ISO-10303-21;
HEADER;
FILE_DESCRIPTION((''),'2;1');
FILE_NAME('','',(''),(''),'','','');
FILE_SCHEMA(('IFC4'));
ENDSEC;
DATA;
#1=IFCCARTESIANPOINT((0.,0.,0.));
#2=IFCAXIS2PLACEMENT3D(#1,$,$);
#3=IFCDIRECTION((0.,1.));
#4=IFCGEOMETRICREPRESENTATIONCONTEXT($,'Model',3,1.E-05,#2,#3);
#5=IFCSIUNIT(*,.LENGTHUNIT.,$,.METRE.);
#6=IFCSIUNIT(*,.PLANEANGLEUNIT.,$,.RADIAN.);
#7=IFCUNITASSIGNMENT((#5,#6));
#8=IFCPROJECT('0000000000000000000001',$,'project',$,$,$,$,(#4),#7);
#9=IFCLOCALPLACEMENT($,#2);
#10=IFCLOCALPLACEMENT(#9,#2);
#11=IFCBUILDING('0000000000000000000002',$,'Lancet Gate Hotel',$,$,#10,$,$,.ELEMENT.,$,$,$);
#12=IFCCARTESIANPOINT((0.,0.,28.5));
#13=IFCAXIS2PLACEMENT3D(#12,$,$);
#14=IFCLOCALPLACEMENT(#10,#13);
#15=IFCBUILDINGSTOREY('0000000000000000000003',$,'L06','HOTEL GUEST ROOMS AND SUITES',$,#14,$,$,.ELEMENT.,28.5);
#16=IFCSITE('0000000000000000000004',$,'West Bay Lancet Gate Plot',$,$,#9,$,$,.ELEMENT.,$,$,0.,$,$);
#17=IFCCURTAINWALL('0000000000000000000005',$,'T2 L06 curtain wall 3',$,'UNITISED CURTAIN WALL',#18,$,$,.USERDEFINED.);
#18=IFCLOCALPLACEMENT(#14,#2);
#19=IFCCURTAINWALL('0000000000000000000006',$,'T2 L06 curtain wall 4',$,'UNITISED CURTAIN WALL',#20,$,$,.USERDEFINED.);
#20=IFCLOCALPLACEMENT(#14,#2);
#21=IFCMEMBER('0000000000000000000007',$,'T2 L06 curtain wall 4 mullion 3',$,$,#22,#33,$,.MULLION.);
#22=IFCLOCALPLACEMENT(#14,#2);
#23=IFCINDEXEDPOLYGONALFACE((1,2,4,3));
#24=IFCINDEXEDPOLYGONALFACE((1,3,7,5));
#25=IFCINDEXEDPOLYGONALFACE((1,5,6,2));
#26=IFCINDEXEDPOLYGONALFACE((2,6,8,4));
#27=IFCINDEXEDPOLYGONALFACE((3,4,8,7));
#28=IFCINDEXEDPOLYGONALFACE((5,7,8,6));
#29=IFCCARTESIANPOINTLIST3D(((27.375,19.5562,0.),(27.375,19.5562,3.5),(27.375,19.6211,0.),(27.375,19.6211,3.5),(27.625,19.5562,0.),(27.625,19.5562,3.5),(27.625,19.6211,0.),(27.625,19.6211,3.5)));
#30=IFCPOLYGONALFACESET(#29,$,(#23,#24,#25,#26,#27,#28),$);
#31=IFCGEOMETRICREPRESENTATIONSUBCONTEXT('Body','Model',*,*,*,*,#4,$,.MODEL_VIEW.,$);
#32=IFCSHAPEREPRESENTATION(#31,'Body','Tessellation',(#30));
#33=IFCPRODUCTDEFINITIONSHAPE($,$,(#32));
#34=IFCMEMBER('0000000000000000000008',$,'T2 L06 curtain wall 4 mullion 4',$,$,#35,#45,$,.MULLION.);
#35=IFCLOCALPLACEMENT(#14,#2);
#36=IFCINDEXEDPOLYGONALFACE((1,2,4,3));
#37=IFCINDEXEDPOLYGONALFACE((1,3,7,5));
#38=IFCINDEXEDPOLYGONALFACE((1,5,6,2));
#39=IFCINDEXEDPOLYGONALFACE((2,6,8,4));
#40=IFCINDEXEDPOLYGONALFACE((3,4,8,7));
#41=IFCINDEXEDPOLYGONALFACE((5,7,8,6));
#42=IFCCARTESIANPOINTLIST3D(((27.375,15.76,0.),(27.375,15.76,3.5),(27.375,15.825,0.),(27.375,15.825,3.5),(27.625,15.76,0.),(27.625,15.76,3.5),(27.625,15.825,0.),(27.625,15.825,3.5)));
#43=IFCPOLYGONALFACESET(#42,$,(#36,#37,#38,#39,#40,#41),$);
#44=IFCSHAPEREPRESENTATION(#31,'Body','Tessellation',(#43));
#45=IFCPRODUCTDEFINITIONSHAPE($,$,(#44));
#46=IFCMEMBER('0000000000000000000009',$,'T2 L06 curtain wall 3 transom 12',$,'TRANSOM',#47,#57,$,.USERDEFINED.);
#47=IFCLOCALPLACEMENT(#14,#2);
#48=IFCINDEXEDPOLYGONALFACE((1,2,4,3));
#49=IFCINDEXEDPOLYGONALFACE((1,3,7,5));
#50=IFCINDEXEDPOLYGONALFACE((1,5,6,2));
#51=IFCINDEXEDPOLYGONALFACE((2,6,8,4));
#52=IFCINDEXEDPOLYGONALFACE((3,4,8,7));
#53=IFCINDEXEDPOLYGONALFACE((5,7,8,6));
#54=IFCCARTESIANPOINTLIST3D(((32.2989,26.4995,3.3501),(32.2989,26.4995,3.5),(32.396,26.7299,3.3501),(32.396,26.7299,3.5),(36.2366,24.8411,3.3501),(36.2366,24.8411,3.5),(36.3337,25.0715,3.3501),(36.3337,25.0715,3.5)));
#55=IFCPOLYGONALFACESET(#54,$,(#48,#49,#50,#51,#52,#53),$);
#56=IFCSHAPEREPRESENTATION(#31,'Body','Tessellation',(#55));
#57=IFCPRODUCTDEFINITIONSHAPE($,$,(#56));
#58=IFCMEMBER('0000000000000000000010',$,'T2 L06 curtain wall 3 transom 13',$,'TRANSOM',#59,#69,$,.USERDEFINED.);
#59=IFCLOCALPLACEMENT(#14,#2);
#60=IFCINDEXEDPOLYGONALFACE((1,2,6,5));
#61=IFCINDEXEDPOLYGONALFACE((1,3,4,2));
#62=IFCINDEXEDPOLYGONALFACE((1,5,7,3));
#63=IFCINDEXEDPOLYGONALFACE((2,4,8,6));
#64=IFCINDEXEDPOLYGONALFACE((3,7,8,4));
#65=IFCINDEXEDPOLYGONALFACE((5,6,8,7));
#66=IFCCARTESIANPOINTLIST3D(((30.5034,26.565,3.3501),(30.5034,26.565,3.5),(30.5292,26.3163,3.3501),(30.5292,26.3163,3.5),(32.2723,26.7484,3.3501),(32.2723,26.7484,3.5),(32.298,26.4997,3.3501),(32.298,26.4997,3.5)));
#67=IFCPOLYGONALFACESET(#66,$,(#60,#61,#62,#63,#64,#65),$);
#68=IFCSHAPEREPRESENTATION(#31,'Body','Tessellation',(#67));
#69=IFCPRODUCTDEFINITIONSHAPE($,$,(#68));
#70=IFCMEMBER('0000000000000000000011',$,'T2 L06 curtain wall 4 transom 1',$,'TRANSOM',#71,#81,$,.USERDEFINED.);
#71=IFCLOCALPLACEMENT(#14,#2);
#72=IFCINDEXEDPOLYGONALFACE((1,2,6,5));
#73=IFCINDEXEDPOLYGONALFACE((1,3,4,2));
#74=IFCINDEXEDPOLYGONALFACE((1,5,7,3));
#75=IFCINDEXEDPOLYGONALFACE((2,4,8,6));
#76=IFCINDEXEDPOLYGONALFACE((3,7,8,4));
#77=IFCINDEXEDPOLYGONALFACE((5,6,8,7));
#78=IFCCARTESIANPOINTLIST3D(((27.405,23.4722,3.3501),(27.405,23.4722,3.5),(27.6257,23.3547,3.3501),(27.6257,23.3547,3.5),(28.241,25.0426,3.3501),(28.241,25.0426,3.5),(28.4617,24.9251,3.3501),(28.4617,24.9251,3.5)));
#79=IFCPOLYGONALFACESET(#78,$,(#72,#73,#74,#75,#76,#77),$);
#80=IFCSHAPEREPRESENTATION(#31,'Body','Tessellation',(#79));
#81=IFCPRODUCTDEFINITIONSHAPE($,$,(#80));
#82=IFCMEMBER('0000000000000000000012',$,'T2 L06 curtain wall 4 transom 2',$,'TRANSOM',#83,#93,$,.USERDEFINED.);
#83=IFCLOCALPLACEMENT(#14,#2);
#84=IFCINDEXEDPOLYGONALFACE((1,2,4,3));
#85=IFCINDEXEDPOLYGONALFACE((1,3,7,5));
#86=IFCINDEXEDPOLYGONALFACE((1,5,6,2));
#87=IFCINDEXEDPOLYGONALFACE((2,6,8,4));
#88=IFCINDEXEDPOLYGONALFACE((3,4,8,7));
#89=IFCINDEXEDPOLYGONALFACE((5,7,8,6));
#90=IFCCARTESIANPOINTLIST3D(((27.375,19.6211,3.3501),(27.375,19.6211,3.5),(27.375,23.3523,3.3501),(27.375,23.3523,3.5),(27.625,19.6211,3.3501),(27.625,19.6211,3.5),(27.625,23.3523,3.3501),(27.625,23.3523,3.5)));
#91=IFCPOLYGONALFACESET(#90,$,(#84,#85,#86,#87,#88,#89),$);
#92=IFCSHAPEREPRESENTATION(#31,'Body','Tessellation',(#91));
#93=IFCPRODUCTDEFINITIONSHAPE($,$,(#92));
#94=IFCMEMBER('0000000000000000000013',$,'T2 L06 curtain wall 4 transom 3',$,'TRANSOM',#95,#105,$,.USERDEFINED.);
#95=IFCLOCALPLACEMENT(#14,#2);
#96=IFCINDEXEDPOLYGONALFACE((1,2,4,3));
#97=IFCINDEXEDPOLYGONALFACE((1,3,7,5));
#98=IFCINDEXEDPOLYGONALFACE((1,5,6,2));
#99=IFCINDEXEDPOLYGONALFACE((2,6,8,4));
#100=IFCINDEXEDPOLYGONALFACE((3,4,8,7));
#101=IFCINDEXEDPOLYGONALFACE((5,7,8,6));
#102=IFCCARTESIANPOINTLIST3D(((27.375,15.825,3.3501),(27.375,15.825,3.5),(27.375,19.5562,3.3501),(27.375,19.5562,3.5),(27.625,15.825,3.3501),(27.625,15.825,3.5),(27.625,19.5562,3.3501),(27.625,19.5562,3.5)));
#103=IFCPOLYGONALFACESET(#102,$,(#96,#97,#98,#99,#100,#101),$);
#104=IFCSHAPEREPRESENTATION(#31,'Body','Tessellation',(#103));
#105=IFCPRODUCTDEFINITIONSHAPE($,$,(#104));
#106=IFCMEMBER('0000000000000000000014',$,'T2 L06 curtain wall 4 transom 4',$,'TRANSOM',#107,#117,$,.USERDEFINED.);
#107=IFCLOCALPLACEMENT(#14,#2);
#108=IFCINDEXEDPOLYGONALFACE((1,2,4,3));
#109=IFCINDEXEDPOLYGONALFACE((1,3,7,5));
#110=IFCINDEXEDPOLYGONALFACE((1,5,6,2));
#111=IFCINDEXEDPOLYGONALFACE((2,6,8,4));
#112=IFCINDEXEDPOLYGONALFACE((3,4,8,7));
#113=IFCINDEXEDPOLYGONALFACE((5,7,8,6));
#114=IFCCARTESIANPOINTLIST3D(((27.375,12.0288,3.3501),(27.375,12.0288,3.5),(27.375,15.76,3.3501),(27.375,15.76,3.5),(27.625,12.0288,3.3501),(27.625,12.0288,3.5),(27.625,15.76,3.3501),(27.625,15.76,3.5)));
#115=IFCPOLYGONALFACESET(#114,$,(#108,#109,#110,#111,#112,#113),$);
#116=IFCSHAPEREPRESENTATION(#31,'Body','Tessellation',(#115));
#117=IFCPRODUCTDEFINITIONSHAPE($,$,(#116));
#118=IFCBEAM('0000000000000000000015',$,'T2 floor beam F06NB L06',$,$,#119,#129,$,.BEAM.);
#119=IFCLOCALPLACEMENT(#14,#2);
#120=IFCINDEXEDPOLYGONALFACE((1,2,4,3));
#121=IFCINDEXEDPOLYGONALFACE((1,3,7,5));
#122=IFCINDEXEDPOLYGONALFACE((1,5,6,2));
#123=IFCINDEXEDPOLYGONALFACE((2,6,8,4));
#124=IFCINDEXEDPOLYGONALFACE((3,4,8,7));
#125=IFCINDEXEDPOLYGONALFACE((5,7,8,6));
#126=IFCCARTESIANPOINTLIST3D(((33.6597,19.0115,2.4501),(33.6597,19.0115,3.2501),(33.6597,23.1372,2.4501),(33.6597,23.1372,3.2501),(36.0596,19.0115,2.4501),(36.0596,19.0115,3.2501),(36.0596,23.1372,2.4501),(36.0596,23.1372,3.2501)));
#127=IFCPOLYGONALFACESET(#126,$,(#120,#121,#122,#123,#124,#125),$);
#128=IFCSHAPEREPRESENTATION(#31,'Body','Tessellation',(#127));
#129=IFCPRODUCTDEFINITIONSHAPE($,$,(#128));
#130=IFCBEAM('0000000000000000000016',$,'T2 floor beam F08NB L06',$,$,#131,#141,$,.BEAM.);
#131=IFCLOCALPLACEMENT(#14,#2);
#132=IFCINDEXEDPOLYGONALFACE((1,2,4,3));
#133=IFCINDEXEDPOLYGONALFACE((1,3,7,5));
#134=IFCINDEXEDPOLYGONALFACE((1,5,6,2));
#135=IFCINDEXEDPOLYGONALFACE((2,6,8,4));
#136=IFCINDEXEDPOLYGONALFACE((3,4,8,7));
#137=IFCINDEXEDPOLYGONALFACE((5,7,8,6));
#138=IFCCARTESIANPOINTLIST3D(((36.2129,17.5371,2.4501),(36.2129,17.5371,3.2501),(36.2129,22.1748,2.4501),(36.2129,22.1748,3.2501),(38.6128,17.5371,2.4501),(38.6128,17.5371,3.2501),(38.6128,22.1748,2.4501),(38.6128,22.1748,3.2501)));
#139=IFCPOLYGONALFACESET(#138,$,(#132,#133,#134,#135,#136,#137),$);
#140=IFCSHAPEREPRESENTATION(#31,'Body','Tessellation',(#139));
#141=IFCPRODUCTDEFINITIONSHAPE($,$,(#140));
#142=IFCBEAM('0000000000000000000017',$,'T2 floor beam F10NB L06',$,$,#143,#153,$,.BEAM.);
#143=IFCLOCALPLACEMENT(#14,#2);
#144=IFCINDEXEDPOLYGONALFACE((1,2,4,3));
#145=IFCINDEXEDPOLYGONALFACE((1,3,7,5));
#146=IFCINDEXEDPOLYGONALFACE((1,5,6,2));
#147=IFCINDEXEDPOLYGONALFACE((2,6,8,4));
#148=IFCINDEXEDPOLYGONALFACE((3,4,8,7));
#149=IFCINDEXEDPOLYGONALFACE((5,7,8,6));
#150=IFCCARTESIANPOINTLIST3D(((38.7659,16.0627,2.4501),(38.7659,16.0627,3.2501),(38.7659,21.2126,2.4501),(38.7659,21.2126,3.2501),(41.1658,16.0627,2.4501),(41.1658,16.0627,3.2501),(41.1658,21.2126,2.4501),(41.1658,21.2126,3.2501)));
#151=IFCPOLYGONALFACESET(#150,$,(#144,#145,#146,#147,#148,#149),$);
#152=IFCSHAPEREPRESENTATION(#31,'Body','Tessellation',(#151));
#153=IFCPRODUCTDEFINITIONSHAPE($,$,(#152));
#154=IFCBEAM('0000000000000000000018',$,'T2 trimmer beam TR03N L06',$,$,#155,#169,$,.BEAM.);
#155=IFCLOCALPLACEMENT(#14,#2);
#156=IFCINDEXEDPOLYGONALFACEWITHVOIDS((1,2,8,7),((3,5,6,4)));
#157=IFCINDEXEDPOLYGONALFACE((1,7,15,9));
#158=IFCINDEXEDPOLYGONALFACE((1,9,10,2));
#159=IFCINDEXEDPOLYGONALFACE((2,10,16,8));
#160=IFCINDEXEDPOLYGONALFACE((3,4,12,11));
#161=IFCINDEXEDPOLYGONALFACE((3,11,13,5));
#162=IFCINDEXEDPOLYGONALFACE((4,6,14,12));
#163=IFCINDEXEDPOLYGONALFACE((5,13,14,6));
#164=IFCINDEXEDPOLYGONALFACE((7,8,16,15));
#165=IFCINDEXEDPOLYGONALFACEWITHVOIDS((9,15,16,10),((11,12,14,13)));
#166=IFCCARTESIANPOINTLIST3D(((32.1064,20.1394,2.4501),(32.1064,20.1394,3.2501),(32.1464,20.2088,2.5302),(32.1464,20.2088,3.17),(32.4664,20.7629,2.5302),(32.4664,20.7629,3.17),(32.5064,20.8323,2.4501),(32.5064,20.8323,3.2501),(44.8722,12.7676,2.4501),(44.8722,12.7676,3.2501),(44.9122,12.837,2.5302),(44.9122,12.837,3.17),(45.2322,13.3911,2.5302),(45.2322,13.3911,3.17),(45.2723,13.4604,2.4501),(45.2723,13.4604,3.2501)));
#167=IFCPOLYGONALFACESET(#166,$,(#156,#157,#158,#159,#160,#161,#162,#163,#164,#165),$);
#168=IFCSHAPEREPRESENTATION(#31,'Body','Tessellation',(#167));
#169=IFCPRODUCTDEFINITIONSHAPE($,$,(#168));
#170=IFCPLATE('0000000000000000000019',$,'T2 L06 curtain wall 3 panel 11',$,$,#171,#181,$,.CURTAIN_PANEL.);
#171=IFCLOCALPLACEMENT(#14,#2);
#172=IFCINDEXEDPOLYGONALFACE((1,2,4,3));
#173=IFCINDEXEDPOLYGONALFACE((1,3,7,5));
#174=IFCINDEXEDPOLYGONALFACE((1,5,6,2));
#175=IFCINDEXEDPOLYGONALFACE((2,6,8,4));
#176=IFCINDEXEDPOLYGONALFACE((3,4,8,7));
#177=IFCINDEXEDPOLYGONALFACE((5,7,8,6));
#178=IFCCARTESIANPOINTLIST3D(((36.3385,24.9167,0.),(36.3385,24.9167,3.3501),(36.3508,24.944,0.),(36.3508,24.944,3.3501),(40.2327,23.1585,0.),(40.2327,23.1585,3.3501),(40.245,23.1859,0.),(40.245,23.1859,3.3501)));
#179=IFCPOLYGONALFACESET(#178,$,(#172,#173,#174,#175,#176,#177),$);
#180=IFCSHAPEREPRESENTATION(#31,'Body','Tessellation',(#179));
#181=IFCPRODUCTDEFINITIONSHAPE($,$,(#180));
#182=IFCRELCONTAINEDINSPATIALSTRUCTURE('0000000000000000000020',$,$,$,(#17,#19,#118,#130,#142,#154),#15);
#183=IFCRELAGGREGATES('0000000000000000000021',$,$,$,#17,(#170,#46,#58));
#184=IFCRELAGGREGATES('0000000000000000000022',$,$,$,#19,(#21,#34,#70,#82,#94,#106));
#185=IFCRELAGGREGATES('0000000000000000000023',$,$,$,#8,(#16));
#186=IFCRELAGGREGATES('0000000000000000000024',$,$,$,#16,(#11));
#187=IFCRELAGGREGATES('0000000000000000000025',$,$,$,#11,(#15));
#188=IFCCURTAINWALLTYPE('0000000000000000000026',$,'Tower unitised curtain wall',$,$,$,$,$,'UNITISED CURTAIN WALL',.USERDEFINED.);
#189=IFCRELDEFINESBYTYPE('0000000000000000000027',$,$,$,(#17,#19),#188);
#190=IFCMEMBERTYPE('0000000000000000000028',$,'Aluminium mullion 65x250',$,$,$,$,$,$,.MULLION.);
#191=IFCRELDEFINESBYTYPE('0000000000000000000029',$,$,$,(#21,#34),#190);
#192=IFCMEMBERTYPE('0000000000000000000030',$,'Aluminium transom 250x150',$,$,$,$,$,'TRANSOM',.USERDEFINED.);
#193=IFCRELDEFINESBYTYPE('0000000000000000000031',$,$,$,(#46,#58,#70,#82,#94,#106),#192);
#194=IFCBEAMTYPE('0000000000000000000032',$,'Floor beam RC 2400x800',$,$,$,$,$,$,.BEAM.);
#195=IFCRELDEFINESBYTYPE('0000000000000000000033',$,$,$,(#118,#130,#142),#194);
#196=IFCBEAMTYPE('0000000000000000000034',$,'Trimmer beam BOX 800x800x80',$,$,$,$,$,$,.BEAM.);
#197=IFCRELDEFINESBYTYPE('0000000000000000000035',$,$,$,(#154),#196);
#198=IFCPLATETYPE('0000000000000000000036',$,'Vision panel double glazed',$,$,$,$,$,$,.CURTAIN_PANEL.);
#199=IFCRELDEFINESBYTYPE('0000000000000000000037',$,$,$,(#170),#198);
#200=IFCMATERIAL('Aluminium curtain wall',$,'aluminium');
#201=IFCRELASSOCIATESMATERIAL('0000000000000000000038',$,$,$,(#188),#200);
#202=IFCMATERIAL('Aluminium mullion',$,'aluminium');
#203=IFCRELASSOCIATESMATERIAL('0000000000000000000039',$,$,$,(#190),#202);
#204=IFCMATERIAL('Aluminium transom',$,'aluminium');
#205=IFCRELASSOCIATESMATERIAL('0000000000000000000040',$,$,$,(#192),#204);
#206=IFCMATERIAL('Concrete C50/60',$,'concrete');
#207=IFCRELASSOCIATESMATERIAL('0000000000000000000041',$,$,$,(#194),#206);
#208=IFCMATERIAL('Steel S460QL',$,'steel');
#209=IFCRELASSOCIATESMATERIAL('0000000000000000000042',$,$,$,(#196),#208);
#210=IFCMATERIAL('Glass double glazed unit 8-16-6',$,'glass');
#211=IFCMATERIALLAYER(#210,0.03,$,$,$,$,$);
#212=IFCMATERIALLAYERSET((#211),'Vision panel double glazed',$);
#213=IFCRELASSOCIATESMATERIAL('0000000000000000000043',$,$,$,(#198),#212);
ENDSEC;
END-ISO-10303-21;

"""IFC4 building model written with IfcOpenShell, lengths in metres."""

from ifc_helpers import new_model, si_unit, direction, frame, origin, origin_2d, place, context, subcontext, project, spatial, rectangle, hollow_rectangle, extrude, material, layer, layer_set, material_profile, profile_set, type_object, element, aggregate, save


model = new_model("IFC4")

# Units and contexts
model_context = context("Model", 3, precision=1e-05, world=origin(), true_north=direction((0.0, 1.0)))
body_context = subcontext(model_context, "Body", "Model", "MODEL_VIEW")
ifc_project = project(units=[si_unit("LENGTHUNIT", "METRE"), si_unit("PLANEANGLEUNIT", "RADIAN")], contexts=[model_context])

# Site, building, storey
site_placement = place(None, origin())
site = spatial("IfcSite", under=ifc_project, at=site_placement, Name="West Bay Lancet Gate Plot", CompositionType="ELEMENT", RefElevation=0.0)
building_placement = place(site_placement, origin())
building = spatial("IfcBuilding", under=site, at=building_placement, Name="Lancet Gate Hotel", CompositionType="ELEMENT")
storey_placement = place(building_placement, frame((0.0, 0.0, 28.5)))
storey = spatial("IfcBuildingStorey", under=building, at=storey_placement, Name="L06", Description="HOTEL GUEST ROOMS AND SUITES", CompositionType="ELEMENT", Elevation=28.5)

# Curtain walls, members
ifc_material_1 = material(Name="Aluminium curtain wall", Category="aluminium")
curtain_wall_type = type_object("IfcCurtainWallType", Name="Tower unitised curtain wall", ElementType="UNITISED CURTAIN WALL", PredefinedType="USERDEFINED", material=ifc_material_1)
curtain_wall_1_placement = place(storey_placement, origin())
curtain_wall_1 = element("IfcCurtainWall", 1, at=curtain_wall_1_placement, inside=storey, type_object=curtain_wall_type, Name="T2 L06 curtain wall 3", ObjectType="UNITISED CURTAIN WALL", PredefinedType="USERDEFINED")
ifc_material_2 = material(Name="Aluminium mullion", Category="aluminium")
ifc_material_profile_1 = material_profile(ifc_material_2, rectangle(XDim=0.0649, YDim=0.25, at=origin_2d()), Name="MULLION 65x250")
ifc_profile_set_1 = profile_set([ifc_material_profile_1], Name="Aluminium mullion")
member_type_1 = type_object("IfcMemberType", Name="Aluminium mullion 65x250", PredefinedType="MULLION", material=ifc_profile_set_1)
curtain_wall_2_placement = place(storey_placement, origin())
curtain_wall_2 = element("IfcCurtainWall", 2, at=curtain_wall_2_placement, inside=storey, type_object=curtain_wall_type, Name="T2 L06 curtain wall 4", ObjectType="UNITISED CURTAIN WALL", PredefinedType="USERDEFINED")
member_1_placement = place(storey_placement, frame((27.5, 19.5886, 0.0), z_axis=(0.0, 0.0, 1.0), x_axis=(0.0, -1.0, 0.0)))
member_1 = element("IfcMember", 3, at=member_1_placement, type_object=member_type_1, Name="T2 L06 curtain wall 4 mullion 3", PredefinedType="MULLION", context=body_context, shape_type="SweptSolid", body=[
    extrude(rectangle(XDim=0.0649, YDim=0.25, at=origin_2d()), origin(), (0.0, 0.0, 1.0), 3.5),
])
member_2_placement = place(storey_placement, frame((27.5, 15.7925, 0.0), z_axis=(0.0, 0.0, 1.0), x_axis=(0.0, -1.0, 0.0)))
member_2 = element("IfcMember", 4, at=member_2_placement, type_object=member_type_1, Name="T2 L06 curtain wall 4 mullion 4", PredefinedType="MULLION", context=body_context, shape_type="SweptSolid", body=[
    extrude(rectangle(XDim=0.0649, YDim=0.25, at=origin_2d()), origin(), (0.0, 0.0, 1.0), 3.5),
])

# Members
ifc_material_3 = material(Name="Aluminium transom", Category="aluminium")
ifc_material_profile_2 = material_profile(ifc_material_3, rectangle(XDim=0.25, YDim=0.1499, at=origin_2d()), Name="TRANSOM 250x150")
ifc_profile_set_2 = profile_set([ifc_material_profile_2], Name="Aluminium transom")
member_type_2 = type_object("IfcMemberType", Name="Aluminium transom 250x150", ElementType="TRANSOM", PredefinedType="USERDEFINED", material=ifc_profile_set_2)
member_3_placement = place(storey_placement, frame((36.2852, 24.9563, 3.425), z_axis=(-0.921598, 0.388146, 0.0), x_axis=(-0.388146, -0.921598, 0.0)))
member_3 = element("IfcMember", 5, at=member_3_placement, type_object=member_type_2, Name="T2 L06 curtain wall 3 transom 12", ObjectType="TRANSOM", PredefinedType="USERDEFINED", context=body_context, shape_type="SweptSolid", body=[
    extrude(rectangle(XDim=0.25, YDim=0.1499, at=origin_2d()), origin(), (0.0, 0.0, 1.0), 4.2727),
])
member_4_placement = place(storey_placement, frame((32.2852, 26.624, 3.425), z_axis=(-0.99467, -0.103105, 0.0), x_axis=(0.103105, -0.99467, 0.0)))
member_4 = element("IfcMember", 6, at=member_4_placement, type_object=member_type_2, Name="T2 L06 curtain wall 3 transom 13", ObjectType="TRANSOM", PredefinedType="USERDEFINED", context=body_context, shape_type="SweptSolid", body=[
    extrude(rectangle(XDim=0.25, YDim=0.1499, at=origin_2d()), origin(), (0.0, 0.0, 1.0), 1.7783),
])
member_5_placement = place(storey_placement, frame((28.3513, 24.9839, 3.425), z_axis=(-0.469904, -0.882717, 0.0), x_axis=(0.882717, -0.469904, 0.0)))
member_5 = element("IfcMember", 7, at=member_5_placement, type_object=member_type_2, Name="T2 L06 curtain wall 4 transom 1", ObjectType="TRANSOM", PredefinedType="USERDEFINED", context=body_context, shape_type="SweptSolid", body=[
    extrude(rectangle(XDim=0.25, YDim=0.1499, at=origin_2d()), origin(), (0.0, 0.0, 1.0), 1.7791),
])
member_6_placement = place(storey_placement, frame((27.5, 23.3523, 3.425), z_axis=(0.0, -1.0, 0.0), x_axis=(1.0, 0.0, 0.0)))
member_6 = element("IfcMember", 8, at=member_6_placement, type_object=member_type_2, Name="T2 L06 curtain wall 4 transom 2", ObjectType="TRANSOM", PredefinedType="USERDEFINED", context=body_context, shape_type="SweptSolid", body=[
    extrude(rectangle(XDim=0.25, YDim=0.1499, at=origin_2d()), origin(), (0.0, 0.0, 1.0), 3.7312),
])
member_7_placement = place(storey_placement, frame((27.5, 19.5562, 3.425), z_axis=(0.0, -1.0, 0.0), x_axis=(1.0, 0.0, 0.0)))
member_7 = element("IfcMember", 9, at=member_7_placement, type_object=member_type_2, Name="T2 L06 curtain wall 4 transom 3", ObjectType="TRANSOM", PredefinedType="USERDEFINED", context=body_context, shape_type="SweptSolid", body=[
    extrude(rectangle(XDim=0.25, YDim=0.1499, at=origin_2d()), origin(), (0.0, 0.0, 1.0), 3.7312),
])
member_8_placement = place(storey_placement, frame((27.5, 15.76, 3.425), z_axis=(0.0, -1.0, 0.0), x_axis=(1.0, 0.0, 0.0)))
member_8 = element("IfcMember", 10, at=member_8_placement, type_object=member_type_2, Name="T2 L06 curtain wall 4 transom 4", ObjectType="TRANSOM", PredefinedType="USERDEFINED", context=body_context, shape_type="SweptSolid", body=[
    extrude(rectangle(XDim=0.25, YDim=0.1499, at=origin_2d()), origin(), (0.0, 0.0, 1.0), 3.7312),
])

# Beams
ifc_material_4 = material(Name="Concrete C50/60", Category="concrete")
ifc_material_profile_3 = material_profile(ifc_material_4, rectangle(XDim=2.3999, YDim=0.8, at=origin_2d()), Name="RC 2400x800")
ifc_profile_set_3 = profile_set([ifc_material_profile_3], Name="Concrete C50/60")
beam_type_1 = type_object("IfcBeamType", Name="Floor beam RC 2400x800", PredefinedType="BEAM", material=ifc_profile_set_3)
beam_1_placement = place(storey_placement, frame((34.8596, 19.0115, 2.8501), z_axis=(0.0, 1.0, 0.0), x_axis=(-1.0, 0.0, 0.0)))
element("IfcBeam", 11, at=beam_1_placement, inside=storey, type_object=beam_type_1, Name="T2 floor beam F06NB L06", PredefinedType="BEAM", context=body_context, shape_type="SweptSolid", body=[
    extrude(rectangle(XDim=2.3999, YDim=0.8, at=origin_2d()), origin(), (0.0, 0.0, 1.0), 4.1257),
])
beam_2_placement = place(storey_placement, frame((37.4128, 17.5371, 2.8501), z_axis=(0.0, 1.0, 0.0), x_axis=(-1.0, 0.0, 0.0)))
element("IfcBeam", 12, at=beam_2_placement, inside=storey, type_object=beam_type_1, Name="T2 floor beam F08NB L06", PredefinedType="BEAM", context=body_context, shape_type="SweptSolid", body=[
    extrude(rectangle(XDim=2.3999, YDim=0.8, at=origin_2d()), origin(), (0.0, 0.0, 1.0), 4.6377),
])
beam_3_placement = place(storey_placement, frame((39.9658, 16.0627, 2.8501), z_axis=(0.0, 1.0, 0.0), x_axis=(-1.0, 0.0, 0.0)))
element("IfcBeam", 13, at=beam_3_placement, inside=storey, type_object=beam_type_1, Name="T2 floor beam F10NB L06", PredefinedType="BEAM", context=body_context, shape_type="SweptSolid", body=[
    extrude(rectangle(XDim=2.3999, YDim=0.8, at=origin_2d()), origin(), (0.0, 0.0, 1.0), 5.1499),
])
ifc_material_5 = material(Name="Steel S460QL", Category="steel")
ifc_material_profile_4 = material_profile(ifc_material_5, hollow_rectangle(XDim=0.8, YDim=0.8, WallThickness=0.0801, at=origin_2d()), Name="BOX 800x800x80")
ifc_profile_set_4 = profile_set([ifc_material_profile_4], Name="Steel S460QL")
beam_type_2 = type_object("IfcBeamType", Name="Trimmer beam BOX 800x800x80", PredefinedType="BEAM", material=ifc_profile_set_4)
beam_4_placement = place(storey_placement, frame((32.3064, 20.4858, 2.8501), z_axis=(0.865983, -0.500074, 0.0), x_axis=(0.500074, 0.865983, 0.0)))
element("IfcBeam", 14, at=beam_4_placement, inside=storey, type_object=beam_type_2, Name="T2 trimmer beam TR03N L06", PredefinedType="BEAM", context=body_context, shape_type="SweptSolid", body=[
    extrude(hollow_rectangle(XDim=0.8, YDim=0.8, WallThickness=0.0801, at=origin_2d()), origin(), (0.0, 0.0, 1.0), 14.7415),
])

# Plate
ifc_material_6 = material(Name="Glass double glazed unit 8-16-6", Category="glass")
ifc_layer_1 = layer(ifc_material_6, 0.03)
ifc_layer_set_1 = layer_set([ifc_layer_1], Name="Vision panel double glazed")
plate_type = type_object("IfcPlateType", Name="Vision panel double glazed", PredefinedType="CURTAIN_PANEL", material=ifc_layer_set_1)
plate_1_placement = place(storey_placement, frame((38.2917, 24.0513, 0.0), z_axis=(0.0, 0.0, 1.0), x_axis=(-0.911416, 0.411487, 0.0)))
plate_1 = element("IfcPlate", 15, at=plate_1_placement, type_object=plate_type, Name="T2 L06 curtain wall 3 panel 11", PredefinedType="CURTAIN_PANEL", context=body_context, shape_type="SweptSolid", body=[
    extrude(rectangle(XDim=4.2727, YDim=0.03, at=origin_2d()), origin(), (0.0, 0.0, 1.0), 3.3501),
])
aggregate(curtain_wall_1, [plate_1, member_3, member_4])
aggregate(curtain_wall_2, [member_1, member_2, member_5, member_6, member_7, member_8])

save(model, "model.ifc")
